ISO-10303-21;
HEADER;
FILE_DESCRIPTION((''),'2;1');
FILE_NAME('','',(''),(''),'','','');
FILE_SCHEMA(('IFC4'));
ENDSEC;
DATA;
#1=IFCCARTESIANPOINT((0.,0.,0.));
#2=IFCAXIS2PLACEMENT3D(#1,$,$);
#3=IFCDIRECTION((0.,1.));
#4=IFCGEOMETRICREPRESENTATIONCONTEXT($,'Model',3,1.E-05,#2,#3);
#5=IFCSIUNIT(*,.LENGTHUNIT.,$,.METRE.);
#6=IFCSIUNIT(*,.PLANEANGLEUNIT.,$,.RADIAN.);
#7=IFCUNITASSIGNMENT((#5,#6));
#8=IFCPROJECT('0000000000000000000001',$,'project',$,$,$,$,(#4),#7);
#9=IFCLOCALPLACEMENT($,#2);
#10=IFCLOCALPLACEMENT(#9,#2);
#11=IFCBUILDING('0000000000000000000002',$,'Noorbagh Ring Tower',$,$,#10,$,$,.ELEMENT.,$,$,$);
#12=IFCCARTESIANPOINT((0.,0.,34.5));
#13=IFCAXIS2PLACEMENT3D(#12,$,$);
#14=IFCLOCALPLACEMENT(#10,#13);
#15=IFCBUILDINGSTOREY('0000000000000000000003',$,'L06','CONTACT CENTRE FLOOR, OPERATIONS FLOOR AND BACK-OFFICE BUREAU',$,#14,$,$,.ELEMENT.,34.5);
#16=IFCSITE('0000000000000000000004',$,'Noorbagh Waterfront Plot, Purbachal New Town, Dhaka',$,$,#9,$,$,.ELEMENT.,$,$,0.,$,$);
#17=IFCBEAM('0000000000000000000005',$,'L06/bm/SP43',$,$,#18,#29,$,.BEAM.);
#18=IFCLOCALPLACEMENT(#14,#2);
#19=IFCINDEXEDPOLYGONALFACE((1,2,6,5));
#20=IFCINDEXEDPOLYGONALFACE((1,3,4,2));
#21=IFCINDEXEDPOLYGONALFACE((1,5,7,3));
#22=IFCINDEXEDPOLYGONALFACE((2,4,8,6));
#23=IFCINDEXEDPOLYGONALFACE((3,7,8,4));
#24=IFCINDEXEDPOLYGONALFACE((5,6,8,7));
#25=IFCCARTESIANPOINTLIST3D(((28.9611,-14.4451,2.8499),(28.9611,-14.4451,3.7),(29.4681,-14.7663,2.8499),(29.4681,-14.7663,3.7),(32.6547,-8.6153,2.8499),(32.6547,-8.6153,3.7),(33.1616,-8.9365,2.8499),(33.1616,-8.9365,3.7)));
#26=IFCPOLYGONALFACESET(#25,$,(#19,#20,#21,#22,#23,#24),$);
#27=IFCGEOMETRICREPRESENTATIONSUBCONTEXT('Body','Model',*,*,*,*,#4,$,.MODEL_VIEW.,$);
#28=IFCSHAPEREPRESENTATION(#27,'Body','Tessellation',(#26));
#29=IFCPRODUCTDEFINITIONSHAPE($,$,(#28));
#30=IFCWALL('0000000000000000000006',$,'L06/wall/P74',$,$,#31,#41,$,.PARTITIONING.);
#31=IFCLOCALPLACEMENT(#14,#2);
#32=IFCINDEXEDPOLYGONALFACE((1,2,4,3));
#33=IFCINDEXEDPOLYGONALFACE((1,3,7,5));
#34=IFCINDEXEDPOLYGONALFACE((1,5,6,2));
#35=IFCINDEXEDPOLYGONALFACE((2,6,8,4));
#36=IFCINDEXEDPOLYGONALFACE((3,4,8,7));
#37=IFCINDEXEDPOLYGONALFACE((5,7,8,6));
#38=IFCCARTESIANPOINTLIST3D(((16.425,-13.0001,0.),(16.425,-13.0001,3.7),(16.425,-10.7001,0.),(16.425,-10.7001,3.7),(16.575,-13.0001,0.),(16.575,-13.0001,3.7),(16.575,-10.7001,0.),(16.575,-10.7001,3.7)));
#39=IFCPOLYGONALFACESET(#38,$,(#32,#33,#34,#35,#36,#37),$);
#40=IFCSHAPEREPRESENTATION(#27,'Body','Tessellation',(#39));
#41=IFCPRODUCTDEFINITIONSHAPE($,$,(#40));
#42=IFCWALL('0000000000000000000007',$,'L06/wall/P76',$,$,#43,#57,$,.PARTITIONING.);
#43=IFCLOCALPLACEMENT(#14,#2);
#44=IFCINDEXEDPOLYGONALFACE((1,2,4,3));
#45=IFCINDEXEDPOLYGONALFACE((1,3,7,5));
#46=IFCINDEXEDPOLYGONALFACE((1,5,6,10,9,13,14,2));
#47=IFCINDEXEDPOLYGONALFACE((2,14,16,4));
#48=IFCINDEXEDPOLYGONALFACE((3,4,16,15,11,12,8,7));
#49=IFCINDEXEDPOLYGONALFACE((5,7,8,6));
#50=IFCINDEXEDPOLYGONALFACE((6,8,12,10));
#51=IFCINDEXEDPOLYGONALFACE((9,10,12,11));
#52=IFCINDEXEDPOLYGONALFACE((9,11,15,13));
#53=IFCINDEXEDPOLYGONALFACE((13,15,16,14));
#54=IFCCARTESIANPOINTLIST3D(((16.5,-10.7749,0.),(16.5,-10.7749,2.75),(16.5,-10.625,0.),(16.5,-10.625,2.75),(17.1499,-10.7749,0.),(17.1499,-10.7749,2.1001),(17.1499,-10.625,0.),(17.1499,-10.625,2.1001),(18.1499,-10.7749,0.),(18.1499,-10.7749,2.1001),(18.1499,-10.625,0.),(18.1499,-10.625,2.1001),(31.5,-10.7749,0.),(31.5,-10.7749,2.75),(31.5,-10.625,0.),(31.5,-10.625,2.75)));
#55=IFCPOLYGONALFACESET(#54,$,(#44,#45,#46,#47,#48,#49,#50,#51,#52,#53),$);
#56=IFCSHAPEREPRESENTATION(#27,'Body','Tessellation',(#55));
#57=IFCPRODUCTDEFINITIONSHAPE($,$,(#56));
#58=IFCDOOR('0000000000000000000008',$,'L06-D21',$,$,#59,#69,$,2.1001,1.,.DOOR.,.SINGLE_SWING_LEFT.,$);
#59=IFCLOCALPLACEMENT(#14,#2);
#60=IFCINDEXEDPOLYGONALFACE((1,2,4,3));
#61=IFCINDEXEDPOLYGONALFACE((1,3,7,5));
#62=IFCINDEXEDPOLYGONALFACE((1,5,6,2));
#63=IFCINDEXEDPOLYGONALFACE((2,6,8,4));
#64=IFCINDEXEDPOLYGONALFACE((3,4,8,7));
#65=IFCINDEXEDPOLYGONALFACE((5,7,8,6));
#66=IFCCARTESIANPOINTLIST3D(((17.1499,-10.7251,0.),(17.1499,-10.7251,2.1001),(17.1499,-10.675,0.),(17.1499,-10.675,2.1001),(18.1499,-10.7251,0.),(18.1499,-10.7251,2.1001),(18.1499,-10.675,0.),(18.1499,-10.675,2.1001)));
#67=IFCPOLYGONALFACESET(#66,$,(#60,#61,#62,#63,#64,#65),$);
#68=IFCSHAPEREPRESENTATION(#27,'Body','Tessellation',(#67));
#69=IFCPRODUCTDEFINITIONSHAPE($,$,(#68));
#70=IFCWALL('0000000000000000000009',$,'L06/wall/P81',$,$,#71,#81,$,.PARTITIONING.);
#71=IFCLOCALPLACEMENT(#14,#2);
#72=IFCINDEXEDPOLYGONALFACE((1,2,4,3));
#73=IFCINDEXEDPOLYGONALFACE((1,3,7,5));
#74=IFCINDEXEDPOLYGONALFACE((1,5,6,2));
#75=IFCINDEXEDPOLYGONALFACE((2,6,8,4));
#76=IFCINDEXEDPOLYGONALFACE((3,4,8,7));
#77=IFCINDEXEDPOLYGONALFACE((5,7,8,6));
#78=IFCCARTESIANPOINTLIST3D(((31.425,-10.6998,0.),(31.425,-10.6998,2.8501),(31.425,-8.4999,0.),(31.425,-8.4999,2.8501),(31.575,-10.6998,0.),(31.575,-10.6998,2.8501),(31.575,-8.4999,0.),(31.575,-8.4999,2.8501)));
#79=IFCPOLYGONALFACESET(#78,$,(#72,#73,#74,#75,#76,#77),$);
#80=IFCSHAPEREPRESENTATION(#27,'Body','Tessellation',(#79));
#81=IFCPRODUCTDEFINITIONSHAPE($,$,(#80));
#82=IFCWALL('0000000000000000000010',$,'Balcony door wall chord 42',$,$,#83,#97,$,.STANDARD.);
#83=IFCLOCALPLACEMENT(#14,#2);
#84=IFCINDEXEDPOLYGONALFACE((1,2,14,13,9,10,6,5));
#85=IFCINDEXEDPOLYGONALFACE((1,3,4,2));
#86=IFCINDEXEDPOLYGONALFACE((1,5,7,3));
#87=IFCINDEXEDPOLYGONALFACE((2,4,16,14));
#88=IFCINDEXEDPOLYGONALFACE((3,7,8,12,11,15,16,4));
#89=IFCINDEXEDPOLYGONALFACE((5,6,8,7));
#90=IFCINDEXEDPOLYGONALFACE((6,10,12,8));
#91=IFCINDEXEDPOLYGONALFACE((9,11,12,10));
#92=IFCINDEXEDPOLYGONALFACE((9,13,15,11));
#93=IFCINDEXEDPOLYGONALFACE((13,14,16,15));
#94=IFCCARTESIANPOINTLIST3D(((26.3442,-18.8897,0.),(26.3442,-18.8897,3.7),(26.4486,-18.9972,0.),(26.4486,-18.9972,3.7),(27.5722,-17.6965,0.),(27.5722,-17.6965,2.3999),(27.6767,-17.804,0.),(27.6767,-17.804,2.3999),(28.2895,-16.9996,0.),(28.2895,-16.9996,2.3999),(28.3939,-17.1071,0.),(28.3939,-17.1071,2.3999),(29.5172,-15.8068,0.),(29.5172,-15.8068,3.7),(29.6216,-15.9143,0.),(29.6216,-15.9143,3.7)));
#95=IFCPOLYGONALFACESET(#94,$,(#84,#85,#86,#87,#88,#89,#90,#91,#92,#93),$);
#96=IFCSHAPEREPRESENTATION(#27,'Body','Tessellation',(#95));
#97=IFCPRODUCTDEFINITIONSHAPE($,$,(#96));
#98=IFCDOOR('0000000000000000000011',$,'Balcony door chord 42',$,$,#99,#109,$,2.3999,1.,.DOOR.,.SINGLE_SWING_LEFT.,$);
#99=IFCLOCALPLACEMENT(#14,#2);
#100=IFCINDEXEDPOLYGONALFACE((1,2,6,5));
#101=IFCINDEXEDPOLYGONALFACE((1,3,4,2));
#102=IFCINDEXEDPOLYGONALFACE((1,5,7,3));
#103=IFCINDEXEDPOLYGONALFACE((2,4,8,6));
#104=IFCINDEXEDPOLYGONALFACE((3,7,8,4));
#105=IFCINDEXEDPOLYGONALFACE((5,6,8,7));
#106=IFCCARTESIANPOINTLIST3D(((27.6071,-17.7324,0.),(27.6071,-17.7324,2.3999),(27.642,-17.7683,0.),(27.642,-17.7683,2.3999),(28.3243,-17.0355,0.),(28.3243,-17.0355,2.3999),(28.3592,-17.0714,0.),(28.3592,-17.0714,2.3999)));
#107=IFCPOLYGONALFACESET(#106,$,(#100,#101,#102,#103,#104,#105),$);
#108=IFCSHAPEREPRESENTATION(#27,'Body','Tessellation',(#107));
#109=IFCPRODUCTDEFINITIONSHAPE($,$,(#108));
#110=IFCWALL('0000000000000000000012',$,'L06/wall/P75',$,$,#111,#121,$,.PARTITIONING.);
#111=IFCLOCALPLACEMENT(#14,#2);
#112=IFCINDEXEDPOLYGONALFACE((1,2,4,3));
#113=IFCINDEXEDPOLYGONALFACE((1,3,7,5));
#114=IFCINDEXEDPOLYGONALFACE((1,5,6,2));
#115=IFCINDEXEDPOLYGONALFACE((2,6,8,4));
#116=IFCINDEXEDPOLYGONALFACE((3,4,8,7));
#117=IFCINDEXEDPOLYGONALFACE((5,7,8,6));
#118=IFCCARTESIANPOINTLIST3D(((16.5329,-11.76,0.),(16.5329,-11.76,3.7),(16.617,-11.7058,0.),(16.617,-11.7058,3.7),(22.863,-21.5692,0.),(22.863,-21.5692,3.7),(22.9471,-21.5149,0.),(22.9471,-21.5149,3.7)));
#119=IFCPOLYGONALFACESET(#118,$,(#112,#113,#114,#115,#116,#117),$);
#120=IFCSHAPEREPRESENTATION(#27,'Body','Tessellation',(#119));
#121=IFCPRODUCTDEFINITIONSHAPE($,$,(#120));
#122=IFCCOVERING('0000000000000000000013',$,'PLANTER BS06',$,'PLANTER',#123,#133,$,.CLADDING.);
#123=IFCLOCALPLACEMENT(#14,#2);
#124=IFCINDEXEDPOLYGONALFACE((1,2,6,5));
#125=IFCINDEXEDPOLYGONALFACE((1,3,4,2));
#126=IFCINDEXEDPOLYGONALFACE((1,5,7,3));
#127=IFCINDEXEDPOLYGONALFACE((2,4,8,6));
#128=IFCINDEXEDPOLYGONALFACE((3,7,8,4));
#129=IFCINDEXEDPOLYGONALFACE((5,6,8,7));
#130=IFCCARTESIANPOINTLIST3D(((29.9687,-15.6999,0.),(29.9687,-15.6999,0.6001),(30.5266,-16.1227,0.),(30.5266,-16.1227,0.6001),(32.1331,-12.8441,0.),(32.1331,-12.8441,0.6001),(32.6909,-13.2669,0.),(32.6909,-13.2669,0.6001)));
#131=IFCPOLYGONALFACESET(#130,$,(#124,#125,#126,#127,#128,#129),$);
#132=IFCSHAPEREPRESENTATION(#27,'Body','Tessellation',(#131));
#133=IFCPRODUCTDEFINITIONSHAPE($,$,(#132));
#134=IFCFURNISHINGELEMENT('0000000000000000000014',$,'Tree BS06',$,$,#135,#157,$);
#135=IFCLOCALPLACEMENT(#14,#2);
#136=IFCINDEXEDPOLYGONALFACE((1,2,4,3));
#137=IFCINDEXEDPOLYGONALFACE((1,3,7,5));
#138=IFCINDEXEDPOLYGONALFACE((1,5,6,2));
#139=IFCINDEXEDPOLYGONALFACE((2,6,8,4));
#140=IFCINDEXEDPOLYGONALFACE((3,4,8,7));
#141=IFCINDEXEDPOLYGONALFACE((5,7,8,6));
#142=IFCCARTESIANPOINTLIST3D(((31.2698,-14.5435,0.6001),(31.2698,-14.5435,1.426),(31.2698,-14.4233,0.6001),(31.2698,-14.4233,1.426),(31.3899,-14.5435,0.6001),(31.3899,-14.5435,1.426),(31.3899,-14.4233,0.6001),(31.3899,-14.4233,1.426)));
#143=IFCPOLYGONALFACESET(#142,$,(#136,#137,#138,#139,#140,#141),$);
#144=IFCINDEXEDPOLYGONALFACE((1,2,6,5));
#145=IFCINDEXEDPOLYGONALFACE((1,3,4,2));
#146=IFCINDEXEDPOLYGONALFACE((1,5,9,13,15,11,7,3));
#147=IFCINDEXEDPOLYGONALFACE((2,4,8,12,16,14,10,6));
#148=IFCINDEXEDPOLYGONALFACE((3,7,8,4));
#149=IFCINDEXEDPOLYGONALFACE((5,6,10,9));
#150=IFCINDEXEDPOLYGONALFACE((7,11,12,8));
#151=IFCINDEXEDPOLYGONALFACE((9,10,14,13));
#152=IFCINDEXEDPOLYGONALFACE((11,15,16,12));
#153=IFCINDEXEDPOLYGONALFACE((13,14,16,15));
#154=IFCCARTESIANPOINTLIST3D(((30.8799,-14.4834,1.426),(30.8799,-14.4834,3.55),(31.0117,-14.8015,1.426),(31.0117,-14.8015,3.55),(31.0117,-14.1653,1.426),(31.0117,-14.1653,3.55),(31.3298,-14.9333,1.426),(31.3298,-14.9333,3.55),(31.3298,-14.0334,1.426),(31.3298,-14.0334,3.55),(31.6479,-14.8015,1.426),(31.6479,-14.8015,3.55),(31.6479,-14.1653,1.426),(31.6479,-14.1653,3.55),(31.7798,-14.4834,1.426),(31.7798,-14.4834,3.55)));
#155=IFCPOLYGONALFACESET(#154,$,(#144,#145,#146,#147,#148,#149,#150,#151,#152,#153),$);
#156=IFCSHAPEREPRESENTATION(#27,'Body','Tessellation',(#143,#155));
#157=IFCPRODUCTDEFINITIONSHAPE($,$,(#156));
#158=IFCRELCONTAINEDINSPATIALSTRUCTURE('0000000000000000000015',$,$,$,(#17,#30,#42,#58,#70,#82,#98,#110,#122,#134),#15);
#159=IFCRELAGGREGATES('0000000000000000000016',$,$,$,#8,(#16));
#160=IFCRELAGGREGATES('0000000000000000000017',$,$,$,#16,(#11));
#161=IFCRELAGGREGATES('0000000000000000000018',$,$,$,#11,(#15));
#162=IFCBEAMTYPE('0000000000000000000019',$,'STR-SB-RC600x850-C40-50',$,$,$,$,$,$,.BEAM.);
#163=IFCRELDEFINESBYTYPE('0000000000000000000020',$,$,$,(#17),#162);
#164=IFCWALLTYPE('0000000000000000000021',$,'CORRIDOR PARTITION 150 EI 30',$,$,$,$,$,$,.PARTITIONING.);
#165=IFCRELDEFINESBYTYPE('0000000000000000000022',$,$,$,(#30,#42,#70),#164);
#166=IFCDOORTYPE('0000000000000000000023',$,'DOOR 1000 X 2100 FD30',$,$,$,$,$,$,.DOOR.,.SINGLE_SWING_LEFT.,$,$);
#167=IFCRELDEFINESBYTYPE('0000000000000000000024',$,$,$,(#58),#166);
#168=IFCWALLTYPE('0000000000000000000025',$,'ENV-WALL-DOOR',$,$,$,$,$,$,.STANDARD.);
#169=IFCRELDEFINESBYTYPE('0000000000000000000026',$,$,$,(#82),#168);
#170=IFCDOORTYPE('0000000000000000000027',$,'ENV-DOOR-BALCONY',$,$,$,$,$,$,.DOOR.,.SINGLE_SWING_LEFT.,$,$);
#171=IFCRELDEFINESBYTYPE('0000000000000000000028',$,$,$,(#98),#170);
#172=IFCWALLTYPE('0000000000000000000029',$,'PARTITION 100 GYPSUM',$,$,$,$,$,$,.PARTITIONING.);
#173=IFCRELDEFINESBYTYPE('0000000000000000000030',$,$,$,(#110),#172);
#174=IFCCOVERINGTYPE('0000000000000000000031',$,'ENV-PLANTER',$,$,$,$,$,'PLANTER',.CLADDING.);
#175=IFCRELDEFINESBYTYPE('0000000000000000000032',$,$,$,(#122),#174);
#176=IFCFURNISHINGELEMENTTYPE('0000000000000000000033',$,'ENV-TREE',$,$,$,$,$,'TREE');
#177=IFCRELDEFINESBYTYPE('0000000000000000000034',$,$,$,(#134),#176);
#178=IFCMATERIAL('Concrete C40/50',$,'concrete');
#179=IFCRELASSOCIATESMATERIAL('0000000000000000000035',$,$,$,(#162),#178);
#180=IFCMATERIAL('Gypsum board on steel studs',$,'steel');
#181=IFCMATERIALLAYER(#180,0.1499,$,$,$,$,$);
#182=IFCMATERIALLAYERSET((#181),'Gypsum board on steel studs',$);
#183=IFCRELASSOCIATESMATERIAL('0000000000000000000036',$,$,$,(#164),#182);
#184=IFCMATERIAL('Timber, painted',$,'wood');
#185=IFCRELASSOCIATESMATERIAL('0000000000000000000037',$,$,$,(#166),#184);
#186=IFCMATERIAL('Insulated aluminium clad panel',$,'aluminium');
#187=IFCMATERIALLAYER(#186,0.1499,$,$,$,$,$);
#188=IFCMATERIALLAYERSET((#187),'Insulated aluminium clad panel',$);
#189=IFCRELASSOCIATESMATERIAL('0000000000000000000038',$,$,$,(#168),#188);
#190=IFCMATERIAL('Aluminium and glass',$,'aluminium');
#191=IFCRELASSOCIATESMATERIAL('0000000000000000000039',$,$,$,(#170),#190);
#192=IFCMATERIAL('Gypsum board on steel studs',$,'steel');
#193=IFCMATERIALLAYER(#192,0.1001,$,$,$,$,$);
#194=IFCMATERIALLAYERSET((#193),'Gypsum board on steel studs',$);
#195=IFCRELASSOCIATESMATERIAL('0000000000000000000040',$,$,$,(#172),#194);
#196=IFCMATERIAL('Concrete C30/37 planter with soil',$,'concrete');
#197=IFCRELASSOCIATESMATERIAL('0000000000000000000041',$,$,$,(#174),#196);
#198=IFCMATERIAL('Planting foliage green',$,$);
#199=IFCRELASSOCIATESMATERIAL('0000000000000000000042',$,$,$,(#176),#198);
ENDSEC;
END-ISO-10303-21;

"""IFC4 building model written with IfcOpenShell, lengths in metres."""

from ifc_helpers import new_model, si_unit, direction, frame, frame_2d, origin, origin_2d, place, context, subcontext, project, spatial, polyline, rectangle, outline, extrude, material, layer, layer_set, material_profile, profile_set, type_object, element, fill, save


model = new_model("IFC4")

# Units and contexts
model_context = context("Model", 3, precision=1e-05, world=origin(), true_north=direction((0.0, 1.0)))
body_context = subcontext(model_context, "Body", "Model", "MODEL_VIEW")
ifc_project = project(units=[si_unit("LENGTHUNIT", "METRE"), si_unit("PLANEANGLEUNIT", "RADIAN")], contexts=[model_context])

# Site, building, storey
site_placement = place(None, origin())
site = spatial("IfcSite", under=ifc_project, at=site_placement, Name="Noorbagh Waterfront Plot, Purbachal New Town, Dhaka", CompositionType="ELEMENT", RefElevation=0.0)
building_placement = place(site_placement, origin())
building = spatial("IfcBuilding", under=site, at=building_placement, Name="Noorbagh Ring Tower", CompositionType="ELEMENT")
storey_placement = place(building_placement, frame((0.0, 0.0, 34.5)))
storey = spatial("IfcBuildingStorey", under=building, at=storey_placement, Name="L06", Description="CONTACT CENTRE FLOOR, OPERATIONS FLOOR AND BACK-OFFICE BUREAU", CompositionType="ELEMENT", Elevation=34.5)

# Beam
ifc_material_1 = material(Name="Concrete C40/50", Category="concrete")
ifc_material_profile_1 = material_profile(ifc_material_1, rectangle(XDim=0.6001, YDim=0.8501, at=origin_2d()), Name="RC600x850")
ifc_profile_set_1 = profile_set([ifc_material_profile_1], Name="Concrete C40/50")
beam_type_1 = type_object("IfcBeamType", Name="STR-SB-RC600x850-C40-50", PredefinedType="BEAM", material=ifc_profile_set_1)
beam_1_placement = place(storey_placement, frame((29.2146, -14.6057, 3.2749), z_axis=(0.535194, 0.844729, 0.0), x_axis=(-0.844729, 0.535194, 0.0)))
element("IfcBeam", 1, at=beam_1_placement, inside=storey, type_object=beam_type_1, Name="L06/bm/SP43", PredefinedType="BEAM", context=body_context, shape_type="SweptSolid", body=[
    extrude(rectangle(XDim=0.6001, YDim=0.8501, at=origin_2d()), origin(), (0.0, 0.0, 1.0), 6.9014),
])

# Wall
ifc_material_2 = material(Name="Gypsum board on steel studs", Category="steel")
ifc_layer_1 = layer(ifc_material_2, 0.1499)
ifc_layer_set_1 = layer_set([ifc_layer_1], Name="Gypsum board on steel studs")
wall_type_1 = type_object("IfcWallType", Name="CORRIDOR PARTITION 150 EI 30", PredefinedType="PARTITIONING", material=ifc_layer_set_1)
wall_1_placement = place(storey_placement, frame((16.5, -13.0, 0.0), z_axis=(0.0, 0.0, 1.0), x_axis=(0.0, 1.0, 0.0)))
element("IfcWall", 2, at=wall_1_placement, inside=storey, type_object=wall_type_1, Name="L06/wall/P74", PredefinedType="PARTITIONING", context=body_context, shape_type="SweptSolid", body=[
    extrude(rectangle(XDim=2.3, YDim=0.1499, at=frame_2d((1.1499, 0.0))), origin(), (0.0, 0.0, 1.0), 3.7),
])

# Wall, opening, door
wall_2_placement = place(storey_placement, frame((16.5, -10.7, 0.0), z_axis=(0.0, 0.0, 1.0), x_axis=(1.0, 0.0, 0.0)))
wall_2 = element("IfcWall", 3, at=wall_2_placement, inside=storey, type_object=wall_type_1, Name="L06/wall/P76", PredefinedType="PARTITIONING", context=body_context, shape_type="SweptSolid", body=[
    extrude(rectangle(XDim=15.0, YDim=0.1499, at=frame_2d((7.5, 0.0))), origin(), (0.0, 0.0, 1.0), 2.75),
])
opening_1_placement = place(wall_2_placement, frame((0.6499, 0.0, 0.0)))
opening_1 = element("IfcOpeningElement", 4, at=opening_1_placement, cuts=wall_2, PredefinedType="OPENING", context=body_context, shape_type="SweptSolid", body=[
    extrude(rectangle(XDim=1.0, YDim=2.1001, at=frame_2d((0.5, 1.05))), frame((0.0, 0.085, 0.0), z_axis=(0.0, -1.0, 0.0), x_axis=(1.0, 0.0, 0.0)), (0.0, 0.0, 1.0), 0.1699),
])
ifc_material_3 = material(Name="Timber, painted", Category="wood")
door_type_1 = type_object("IfcDoorType", Name="DOOR 1000 X 2100 FD30", OperationType="SINGLE_SWING_LEFT", PredefinedType="DOOR", material=ifc_material_3)
door_1_placement = place(opening_1_placement, origin())
door_1 = element("IfcDoor", 5, at=door_1_placement, inside=storey, type_object=door_type_1, Name="L06-D21", OperationType="SINGLE_SWING_LEFT", OverallHeight=2.1001, OverallWidth=1.0, PredefinedType="DOOR", context=body_context, shape_type="SweptSolid", body=[
    extrude(rectangle(XDim=1.0, YDim=2.1001, at=frame_2d((0.5, 1.05))), frame((0.0, 0.0249, 0.0), z_axis=(0.0, -1.0, 0.0), x_axis=(1.0, 0.0, 0.0)), (0.0, 0.0, 1.0), 0.05),
])
fill(opening_1, door_1)

# Wall
wall_3_placement = place(storey_placement, frame((31.5, -10.7, 0.0), z_axis=(0.0, 0.0, 1.0), x_axis=(0.0, 1.0, 0.0)))
element("IfcWall", 6, at=wall_3_placement, inside=storey, type_object=wall_type_1, Name="L06/wall/P81", PredefinedType="PARTITIONING", context=body_context, shape_type="SweptSolid", body=[
    extrude(rectangle(XDim=2.2, YDim=0.1499, at=frame_2d((1.1001, 0.0))), origin(), (0.0, 0.0, 1.0), 2.8501),
])

# Wall, opening, door
ifc_material_4 = material(Name="Insulated aluminium clad panel", Category="aluminium")
ifc_layer_2 = layer(ifc_material_4, 0.1499)
ifc_layer_set_2 = layer_set([ifc_layer_2], Name="Insulated aluminium clad panel")
wall_type_2 = type_object("IfcWallType", Name="ENV-WALL-DOOR", PredefinedType="STANDARD", material=ifc_layer_set_2)
wall_4_placement = place(storey_placement, frame((26.3965, -18.9434, 0.0), z_axis=(0.0, 0.0, 1.0), x_axis=(0.717215, 0.696852, 0.0)))
wall_4 = element("IfcWall", 7, at=wall_4_placement, inside=storey, type_object=wall_type_2, Name="Balcony door wall chord 42", PredefinedType="STANDARD", context=body_context, shape_type="SweptSolid", body=[
    extrude(rectangle(XDim=4.4241, YDim=0.1499, at=frame_2d((2.2119, 0.0))), origin(), (0.0, 0.0, 1.0), 3.7),
])
opening_2_placement = place(wall_4_placement, frame((1.7122, 0.0, 0.0)))
opening_2 = element("IfcOpeningElement", 8, at=opening_2_placement, cuts=wall_4, PredefinedType="OPENING", context=body_context, shape_type="SweptSolid", body=[
    extrude(rectangle(XDim=1.0, YDim=2.3999, at=frame_2d((0.5, 1.2))), frame((0.0, 0.085, 0.0), z_axis=(0.0, -1.0, 0.0), x_axis=(1.0, 0.0, 0.0)), (0.0, 0.0, 1.0), 0.1699),
])
ifc_material_5 = material(Name="Aluminium and glass", Category="aluminium")
door_type_2 = type_object("IfcDoorType", Name="ENV-DOOR-BALCONY", OperationType="SINGLE_SWING_LEFT", PredefinedType="DOOR", material=ifc_material_5)
door_2_placement = place(opening_2_placement, origin())
door_2 = element("IfcDoor", 9, at=door_2_placement, inside=storey, type_object=door_type_2, Name="Balcony door chord 42", OperationType="SINGLE_SWING_LEFT", OverallHeight=2.3999, OverallWidth=1.0, PredefinedType="DOOR", context=body_context, shape_type="SweptSolid", body=[
    extrude(rectangle(XDim=1.0, YDim=2.3999, at=frame_2d((0.5, 1.2))), frame((0.0, 0.0249, 0.0), z_axis=(0.0, -1.0, 0.0), x_axis=(1.0, 0.0, 0.0)), (0.0, 0.0, 1.0), 0.05),
])
fill(opening_2, door_2)

# Wall
ifc_material_6 = material(Name="Gypsum board on steel studs", Category="steel")
ifc_layer_3 = layer(ifc_material_6, 0.1001)
ifc_layer_set_3 = layer_set([ifc_layer_3], Name="Gypsum board on steel studs")
wall_type_3 = type_object("IfcWallType", Name="PARTITION 100 GYPSUM", PredefinedType="PARTITIONING", material=ifc_layer_set_3)
wall_5_placement = place(storey_placement, frame((16.575, -11.7329, 0.0), z_axis=(0.0, 0.0, 1.0), x_axis=(0.542226, -0.840233, 0.0)))
element("IfcWall", 10, at=wall_5_placement, inside=storey, type_object=wall_type_3, Name="L06/wall/P75", PredefinedType="PARTITIONING", context=body_context, shape_type="SweptSolid", body=[
    extrude(rectangle(XDim=11.6743, YDim=0.1001, at=frame_2d((5.8372, 0.0))), origin(), (0.0, 0.0, 1.0), 3.7),
])

# Covering
ifc_material_7 = material(Name="Concrete C30/37 planter with soil", Category="concrete")
covering_type = type_object("IfcCoveringType", Name="ENV-PLANTER", ElementType="PLANTER", PredefinedType="CLADDING", material=ifc_material_7)
covering_placement = place(storey_placement, frame((31.3298, -14.4834, 0.0), z_axis=(0.0, 0.0, 1.0), x_axis=(0.60402, 0.796969, 0.0)))
element("IfcCovering", 11, at=covering_placement, inside=storey, type_object=covering_type, Name="PLANTER BS06", ObjectType="PLANTER", PredefinedType="CLADDING", context=body_context, shape_type="SweptSolid", body=[
    extrude(rectangle(XDim=3.5833, YDim=0.7, at=origin_2d()), origin(), (0.0, 0.0, 1.0), 0.6001),
])

# Furnishing element
ifc_material_8 = material(Name="Planting foliage green")
furnishing_element_type = type_object("IfcFurnishingElementType", Name="ENV-TREE", ElementType="TREE", material=ifc_material_8)
furnishing_placement = place(storey_placement, frame((31.3298, -14.4834, 0.6001), z_axis=(0.0, 0.0, 1.0), x_axis=(1.0, 0.0, 0.0)))
element("IfcFurnishingElement", 12, at=furnishing_placement, inside=storey, type_object=furnishing_element_type, Name="Tree BS06", context=body_context, shape_type="SweptSolid", body=[
    extrude(rectangle(XDim=0.1201, YDim=0.1201, at=origin_2d()), origin(), (0.0, 0.0, 1.0), 0.8259),
    extrude(outline(polyline([(0.45, 0.0), (0.3181, 0.3181), (0.0, 0.45), (-0.3181, 0.3181), (-0.45, 0.0), (-0.3181, -0.3181), (0.0, -0.45), (0.3181, -0.3181), (0.45, 0.0)])), frame((0.0, 0.0, 0.8259)), (0.0, 0.0, 1.0), 2.124),
])

save(model, "model.ifc")
